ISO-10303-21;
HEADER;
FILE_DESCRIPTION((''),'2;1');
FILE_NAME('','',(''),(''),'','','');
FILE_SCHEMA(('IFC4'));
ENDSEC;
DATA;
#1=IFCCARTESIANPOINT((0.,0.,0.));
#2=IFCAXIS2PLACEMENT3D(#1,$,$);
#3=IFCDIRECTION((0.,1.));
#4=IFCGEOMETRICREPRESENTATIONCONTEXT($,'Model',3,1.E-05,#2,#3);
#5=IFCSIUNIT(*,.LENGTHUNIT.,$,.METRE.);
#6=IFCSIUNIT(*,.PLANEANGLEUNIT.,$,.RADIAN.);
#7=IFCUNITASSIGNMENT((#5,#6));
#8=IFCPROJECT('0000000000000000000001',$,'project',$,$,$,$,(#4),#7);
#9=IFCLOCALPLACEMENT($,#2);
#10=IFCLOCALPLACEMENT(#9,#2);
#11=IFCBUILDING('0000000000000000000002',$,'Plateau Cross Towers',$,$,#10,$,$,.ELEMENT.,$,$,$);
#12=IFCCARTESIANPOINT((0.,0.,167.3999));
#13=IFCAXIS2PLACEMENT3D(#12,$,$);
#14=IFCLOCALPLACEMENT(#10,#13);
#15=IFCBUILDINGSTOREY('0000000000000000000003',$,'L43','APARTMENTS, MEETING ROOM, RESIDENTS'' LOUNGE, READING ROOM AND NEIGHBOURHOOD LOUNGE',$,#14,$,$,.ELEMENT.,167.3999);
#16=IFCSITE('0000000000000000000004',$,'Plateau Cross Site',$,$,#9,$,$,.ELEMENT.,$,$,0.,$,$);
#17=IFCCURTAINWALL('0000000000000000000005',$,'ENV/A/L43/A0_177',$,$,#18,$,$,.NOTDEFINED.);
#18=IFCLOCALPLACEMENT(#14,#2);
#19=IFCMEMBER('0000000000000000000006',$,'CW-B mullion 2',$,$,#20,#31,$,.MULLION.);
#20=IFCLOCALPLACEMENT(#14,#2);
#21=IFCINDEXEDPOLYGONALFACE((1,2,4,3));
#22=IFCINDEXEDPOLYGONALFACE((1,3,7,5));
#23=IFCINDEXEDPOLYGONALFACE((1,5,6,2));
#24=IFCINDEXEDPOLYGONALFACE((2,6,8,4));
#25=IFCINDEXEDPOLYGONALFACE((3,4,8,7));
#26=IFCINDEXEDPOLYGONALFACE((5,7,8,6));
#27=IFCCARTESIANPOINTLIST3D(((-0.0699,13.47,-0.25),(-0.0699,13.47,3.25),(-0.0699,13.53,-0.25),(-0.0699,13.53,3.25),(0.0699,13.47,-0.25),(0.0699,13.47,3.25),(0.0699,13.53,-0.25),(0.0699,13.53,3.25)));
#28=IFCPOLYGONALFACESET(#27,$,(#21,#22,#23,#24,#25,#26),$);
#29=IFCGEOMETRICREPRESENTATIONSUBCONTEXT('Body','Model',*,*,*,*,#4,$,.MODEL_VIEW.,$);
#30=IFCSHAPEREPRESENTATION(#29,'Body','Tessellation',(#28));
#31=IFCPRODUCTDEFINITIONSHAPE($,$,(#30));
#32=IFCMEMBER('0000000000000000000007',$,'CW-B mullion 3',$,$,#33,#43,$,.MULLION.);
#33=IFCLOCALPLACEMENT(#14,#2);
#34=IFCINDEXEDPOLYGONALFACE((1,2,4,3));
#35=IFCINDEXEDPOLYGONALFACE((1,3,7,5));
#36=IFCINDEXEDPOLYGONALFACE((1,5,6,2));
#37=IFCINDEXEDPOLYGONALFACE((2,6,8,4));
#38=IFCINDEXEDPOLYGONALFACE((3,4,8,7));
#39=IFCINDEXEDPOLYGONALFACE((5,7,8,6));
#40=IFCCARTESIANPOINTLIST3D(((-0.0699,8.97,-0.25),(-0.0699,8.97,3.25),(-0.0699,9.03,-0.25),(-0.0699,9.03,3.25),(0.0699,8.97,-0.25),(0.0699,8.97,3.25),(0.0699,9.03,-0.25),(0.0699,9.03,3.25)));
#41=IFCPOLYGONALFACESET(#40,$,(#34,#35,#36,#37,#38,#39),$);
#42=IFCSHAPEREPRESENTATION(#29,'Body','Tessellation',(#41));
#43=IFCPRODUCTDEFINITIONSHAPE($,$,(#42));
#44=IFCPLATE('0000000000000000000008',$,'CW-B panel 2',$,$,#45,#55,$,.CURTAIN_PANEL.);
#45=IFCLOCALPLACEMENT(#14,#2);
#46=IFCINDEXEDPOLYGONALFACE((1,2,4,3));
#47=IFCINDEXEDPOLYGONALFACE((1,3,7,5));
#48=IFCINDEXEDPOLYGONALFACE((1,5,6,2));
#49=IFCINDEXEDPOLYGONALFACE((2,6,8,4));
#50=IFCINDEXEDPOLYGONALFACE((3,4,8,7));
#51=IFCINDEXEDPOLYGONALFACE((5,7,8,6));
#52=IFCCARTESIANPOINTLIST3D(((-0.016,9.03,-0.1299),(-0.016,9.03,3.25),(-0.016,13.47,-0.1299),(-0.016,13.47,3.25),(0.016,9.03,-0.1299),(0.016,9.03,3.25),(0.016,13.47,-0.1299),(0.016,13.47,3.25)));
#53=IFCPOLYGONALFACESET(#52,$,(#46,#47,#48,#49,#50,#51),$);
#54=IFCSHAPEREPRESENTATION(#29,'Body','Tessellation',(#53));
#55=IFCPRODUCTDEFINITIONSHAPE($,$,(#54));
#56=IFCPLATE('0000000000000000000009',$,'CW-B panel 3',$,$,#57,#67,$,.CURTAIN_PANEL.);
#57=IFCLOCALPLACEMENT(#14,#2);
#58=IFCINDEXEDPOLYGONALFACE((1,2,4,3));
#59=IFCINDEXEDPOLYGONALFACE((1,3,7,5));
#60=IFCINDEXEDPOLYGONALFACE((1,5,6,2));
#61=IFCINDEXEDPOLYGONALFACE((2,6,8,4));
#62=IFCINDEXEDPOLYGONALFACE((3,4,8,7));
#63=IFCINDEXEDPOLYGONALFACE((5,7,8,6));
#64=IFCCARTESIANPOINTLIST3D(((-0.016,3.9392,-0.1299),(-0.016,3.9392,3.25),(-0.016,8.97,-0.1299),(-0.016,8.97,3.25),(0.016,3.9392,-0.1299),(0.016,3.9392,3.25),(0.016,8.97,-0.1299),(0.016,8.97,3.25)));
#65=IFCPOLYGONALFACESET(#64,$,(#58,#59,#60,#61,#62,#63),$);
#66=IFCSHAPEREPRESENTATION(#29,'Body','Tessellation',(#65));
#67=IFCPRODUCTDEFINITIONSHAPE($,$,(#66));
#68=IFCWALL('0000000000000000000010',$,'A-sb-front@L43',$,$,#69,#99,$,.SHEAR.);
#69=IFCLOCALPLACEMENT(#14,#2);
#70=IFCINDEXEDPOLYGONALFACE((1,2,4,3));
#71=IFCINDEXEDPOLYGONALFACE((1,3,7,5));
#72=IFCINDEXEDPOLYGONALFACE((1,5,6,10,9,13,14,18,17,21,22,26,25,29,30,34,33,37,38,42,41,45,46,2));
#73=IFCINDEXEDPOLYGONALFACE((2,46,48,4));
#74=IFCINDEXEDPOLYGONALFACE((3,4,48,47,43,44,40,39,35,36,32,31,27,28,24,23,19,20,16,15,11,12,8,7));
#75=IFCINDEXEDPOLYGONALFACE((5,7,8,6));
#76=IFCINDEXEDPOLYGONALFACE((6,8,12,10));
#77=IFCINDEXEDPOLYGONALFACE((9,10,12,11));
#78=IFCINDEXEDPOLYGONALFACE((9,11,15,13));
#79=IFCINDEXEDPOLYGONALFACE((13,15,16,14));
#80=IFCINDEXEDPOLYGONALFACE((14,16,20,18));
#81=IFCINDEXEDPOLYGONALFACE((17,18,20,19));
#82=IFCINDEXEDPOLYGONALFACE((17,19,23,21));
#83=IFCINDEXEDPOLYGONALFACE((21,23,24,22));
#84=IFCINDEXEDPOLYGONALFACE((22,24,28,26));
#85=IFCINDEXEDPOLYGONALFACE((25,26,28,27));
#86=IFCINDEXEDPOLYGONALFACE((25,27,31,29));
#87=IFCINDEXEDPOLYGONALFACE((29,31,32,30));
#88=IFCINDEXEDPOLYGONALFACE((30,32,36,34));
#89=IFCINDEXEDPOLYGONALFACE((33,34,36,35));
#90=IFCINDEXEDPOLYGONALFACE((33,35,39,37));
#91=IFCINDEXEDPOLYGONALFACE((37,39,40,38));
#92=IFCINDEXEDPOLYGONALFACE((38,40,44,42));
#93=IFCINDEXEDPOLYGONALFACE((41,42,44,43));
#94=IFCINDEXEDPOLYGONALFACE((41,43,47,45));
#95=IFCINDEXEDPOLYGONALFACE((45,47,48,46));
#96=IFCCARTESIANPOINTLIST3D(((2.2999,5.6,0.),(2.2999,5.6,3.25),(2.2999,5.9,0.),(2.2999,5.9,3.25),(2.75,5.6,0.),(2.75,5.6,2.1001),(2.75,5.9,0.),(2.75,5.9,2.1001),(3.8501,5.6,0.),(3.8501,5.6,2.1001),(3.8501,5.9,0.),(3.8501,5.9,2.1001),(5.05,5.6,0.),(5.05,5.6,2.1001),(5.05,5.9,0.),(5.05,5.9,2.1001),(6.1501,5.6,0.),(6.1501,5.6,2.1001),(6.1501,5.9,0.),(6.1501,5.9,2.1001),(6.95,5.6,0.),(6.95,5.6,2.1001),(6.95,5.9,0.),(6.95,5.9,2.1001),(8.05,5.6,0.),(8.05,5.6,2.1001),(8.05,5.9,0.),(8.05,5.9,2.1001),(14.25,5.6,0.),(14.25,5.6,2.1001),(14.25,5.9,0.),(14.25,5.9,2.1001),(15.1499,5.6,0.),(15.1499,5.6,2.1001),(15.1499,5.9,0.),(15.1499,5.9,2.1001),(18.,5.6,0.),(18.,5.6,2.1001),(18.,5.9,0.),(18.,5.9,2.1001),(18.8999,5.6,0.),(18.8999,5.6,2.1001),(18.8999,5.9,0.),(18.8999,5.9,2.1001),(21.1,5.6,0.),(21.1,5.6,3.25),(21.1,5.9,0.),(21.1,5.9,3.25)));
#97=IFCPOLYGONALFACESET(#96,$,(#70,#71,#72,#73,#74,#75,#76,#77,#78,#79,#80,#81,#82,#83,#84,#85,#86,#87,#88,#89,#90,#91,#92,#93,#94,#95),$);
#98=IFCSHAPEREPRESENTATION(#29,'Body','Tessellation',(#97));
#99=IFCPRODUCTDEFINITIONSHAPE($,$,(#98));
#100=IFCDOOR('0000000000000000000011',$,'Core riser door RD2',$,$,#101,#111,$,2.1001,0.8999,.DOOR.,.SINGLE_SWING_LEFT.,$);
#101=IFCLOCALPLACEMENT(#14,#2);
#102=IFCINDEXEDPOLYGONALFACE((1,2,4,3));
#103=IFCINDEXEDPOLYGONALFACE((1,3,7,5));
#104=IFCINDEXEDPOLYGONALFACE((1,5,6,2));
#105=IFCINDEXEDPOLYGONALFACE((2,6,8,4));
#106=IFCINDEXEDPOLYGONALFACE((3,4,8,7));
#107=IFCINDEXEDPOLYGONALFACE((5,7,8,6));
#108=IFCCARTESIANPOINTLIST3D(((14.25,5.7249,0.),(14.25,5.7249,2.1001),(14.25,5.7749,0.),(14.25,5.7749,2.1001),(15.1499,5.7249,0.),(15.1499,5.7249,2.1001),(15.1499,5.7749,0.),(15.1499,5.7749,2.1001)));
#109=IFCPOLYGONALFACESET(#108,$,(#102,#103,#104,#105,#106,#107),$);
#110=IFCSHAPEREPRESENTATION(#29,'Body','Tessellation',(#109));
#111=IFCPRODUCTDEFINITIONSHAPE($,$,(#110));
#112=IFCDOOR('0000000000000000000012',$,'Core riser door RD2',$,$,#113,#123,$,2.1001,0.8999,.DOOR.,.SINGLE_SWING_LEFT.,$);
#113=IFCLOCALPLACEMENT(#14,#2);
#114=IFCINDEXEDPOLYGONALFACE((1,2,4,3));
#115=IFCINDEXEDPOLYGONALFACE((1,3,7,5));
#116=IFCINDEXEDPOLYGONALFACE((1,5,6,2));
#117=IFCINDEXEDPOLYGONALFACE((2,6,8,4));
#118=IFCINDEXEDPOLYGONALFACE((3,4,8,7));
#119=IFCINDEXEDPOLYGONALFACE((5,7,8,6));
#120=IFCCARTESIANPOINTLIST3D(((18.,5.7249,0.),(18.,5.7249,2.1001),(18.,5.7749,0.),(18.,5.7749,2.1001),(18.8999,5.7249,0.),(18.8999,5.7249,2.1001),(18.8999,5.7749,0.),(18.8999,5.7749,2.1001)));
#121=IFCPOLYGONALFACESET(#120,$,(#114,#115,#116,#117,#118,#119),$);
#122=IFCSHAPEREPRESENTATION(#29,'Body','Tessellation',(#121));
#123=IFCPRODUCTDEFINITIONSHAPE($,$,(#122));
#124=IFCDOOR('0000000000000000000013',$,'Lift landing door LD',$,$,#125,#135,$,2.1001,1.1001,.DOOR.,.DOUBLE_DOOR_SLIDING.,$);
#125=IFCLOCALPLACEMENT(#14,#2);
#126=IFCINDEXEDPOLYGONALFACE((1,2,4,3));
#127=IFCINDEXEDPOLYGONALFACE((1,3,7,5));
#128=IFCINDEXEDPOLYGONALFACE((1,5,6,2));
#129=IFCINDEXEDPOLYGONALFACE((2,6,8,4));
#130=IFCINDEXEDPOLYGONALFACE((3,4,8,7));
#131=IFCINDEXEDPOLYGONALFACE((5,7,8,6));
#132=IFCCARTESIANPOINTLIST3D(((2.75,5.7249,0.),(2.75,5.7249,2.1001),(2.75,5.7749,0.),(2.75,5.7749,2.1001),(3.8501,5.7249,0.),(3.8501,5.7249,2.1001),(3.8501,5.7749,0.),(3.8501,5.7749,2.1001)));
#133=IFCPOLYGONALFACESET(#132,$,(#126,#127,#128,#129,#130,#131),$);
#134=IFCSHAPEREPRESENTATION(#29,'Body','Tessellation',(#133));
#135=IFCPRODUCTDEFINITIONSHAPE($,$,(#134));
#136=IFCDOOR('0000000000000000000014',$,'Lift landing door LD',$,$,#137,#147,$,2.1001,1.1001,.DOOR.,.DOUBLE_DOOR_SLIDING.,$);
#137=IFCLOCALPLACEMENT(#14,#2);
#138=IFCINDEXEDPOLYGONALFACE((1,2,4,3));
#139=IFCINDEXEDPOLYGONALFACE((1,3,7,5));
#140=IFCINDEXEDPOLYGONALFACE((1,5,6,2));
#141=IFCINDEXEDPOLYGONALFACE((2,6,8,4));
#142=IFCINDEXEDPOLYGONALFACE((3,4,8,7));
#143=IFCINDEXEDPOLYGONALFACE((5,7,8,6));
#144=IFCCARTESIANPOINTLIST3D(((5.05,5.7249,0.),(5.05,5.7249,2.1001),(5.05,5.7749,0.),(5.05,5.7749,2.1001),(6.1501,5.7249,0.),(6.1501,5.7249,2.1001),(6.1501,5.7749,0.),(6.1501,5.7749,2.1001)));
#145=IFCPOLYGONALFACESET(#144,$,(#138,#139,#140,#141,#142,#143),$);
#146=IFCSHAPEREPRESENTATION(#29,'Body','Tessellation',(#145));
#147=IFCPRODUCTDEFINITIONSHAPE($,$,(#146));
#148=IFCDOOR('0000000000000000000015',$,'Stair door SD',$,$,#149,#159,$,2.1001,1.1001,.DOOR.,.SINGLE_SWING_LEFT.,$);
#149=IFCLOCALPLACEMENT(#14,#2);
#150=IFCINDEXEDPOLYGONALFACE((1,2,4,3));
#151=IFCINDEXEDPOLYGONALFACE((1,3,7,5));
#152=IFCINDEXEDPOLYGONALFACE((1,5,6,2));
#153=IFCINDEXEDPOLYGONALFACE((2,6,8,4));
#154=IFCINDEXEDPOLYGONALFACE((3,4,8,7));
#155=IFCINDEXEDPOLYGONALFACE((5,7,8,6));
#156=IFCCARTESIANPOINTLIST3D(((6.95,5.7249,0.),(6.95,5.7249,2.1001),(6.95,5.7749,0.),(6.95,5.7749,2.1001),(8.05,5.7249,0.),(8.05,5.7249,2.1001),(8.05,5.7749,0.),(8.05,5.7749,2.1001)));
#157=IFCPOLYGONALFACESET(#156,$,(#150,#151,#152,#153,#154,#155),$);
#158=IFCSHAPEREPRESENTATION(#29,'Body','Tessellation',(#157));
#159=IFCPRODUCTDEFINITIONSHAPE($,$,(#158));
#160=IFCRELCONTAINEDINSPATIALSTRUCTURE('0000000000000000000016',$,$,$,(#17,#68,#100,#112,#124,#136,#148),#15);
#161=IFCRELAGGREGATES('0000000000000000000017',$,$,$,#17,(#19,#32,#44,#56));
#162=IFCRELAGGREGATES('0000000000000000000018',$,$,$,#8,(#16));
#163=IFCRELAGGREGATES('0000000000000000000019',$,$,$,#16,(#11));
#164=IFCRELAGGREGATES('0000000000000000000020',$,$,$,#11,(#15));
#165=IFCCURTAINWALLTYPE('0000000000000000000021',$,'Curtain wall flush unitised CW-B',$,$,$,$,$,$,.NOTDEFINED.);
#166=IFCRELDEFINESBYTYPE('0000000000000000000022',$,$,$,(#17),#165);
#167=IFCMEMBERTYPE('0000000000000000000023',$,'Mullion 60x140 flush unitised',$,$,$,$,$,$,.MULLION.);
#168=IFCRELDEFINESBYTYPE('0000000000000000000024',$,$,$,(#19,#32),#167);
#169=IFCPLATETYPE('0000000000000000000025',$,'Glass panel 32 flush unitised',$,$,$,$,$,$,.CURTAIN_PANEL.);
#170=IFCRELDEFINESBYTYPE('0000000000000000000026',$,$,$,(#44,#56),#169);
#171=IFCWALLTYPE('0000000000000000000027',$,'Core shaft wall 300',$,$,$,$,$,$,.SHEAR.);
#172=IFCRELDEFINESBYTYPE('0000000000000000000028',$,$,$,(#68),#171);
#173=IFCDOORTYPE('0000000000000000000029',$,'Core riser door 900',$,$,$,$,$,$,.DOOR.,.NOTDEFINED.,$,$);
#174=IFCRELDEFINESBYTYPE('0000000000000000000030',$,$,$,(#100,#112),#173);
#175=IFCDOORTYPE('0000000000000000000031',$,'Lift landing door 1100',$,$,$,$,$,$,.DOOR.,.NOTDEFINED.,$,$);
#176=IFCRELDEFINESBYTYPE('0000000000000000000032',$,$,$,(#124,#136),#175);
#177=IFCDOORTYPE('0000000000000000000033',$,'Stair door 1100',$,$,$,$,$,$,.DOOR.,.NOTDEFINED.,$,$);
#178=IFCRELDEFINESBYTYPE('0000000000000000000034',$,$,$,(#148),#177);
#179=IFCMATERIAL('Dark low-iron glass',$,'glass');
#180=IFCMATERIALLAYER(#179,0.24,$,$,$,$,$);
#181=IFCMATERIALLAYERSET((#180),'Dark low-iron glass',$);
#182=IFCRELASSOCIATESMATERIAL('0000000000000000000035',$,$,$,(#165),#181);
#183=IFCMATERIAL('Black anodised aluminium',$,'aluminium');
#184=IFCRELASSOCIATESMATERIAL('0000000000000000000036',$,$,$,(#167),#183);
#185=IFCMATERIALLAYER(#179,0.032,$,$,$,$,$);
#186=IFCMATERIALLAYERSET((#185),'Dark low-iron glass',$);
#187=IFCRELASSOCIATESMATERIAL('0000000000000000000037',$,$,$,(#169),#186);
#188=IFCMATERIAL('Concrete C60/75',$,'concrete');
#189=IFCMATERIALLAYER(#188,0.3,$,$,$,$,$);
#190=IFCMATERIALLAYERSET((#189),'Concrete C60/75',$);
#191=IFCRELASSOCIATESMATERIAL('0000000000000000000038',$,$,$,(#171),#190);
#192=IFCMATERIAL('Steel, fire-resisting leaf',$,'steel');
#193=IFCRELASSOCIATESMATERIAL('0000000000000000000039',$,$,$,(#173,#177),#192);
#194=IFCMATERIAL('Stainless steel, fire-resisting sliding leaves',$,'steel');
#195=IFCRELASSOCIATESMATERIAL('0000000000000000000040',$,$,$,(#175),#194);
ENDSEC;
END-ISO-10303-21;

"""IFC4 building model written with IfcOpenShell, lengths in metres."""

from ifc_helpers import new_model, si_unit, direction, frame, frame_2d, origin, origin_2d, place, context, subcontext, project, spatial, rectangle, extrude, material, layer, layer_set, material_profile, profile_set, type_object, element, fill, aggregate, save


model = new_model("IFC4")

# Units and contexts
model_context = context("Model", 3, precision=1e-05, world=origin(), true_north=direction((0.0, 1.0)))
body_context = subcontext(model_context, "Body", "Model", "MODEL_VIEW")
ifc_project = project(units=[si_unit("LENGTHUNIT", "METRE"), si_unit("PLANEANGLEUNIT", "RADIAN")], contexts=[model_context])

# Site, building, storey
site_placement = place(None, origin())
site = spatial("IfcSite", under=ifc_project, at=site_placement, Name="Plateau Cross Site", CompositionType="ELEMENT", RefElevation=0.0)
building_placement = place(site_placement, origin())
building = spatial("IfcBuilding", under=site, at=building_placement, Name="Plateau Cross Towers", CompositionType="ELEMENT")
storey_placement = place(building_placement, frame((0.0, 0.0, 167.3999)))
storey = spatial("IfcBuildingStorey", under=building, at=storey_placement, Name="L43", Description="APARTMENTS, MEETING ROOM, RESIDENTS' LOUNGE, READING ROOM AND NEIGHBOURHOOD LOUNGE", CompositionType="ELEMENT", Elevation=167.3999)

# Curtain wall, members, plates
ifc_material_1 = material(Name="Dark low-iron glass", Category="glass")
ifc_layer_1 = layer(ifc_material_1, 0.24)
ifc_layer_set_1 = layer_set([ifc_layer_1], Name="Dark low-iron glass")
curtain_wall_type = type_object("IfcCurtainWallType", Name="Curtain wall flush unitised CW-B", PredefinedType="NOTDEFINED", material=ifc_layer_set_1)
curtain_wall_placement = place(storey_placement, origin())
curtain_wall = element("IfcCurtainWall", 1, at=curtain_wall_placement, inside=storey, type_object=curtain_wall_type, Name="ENV/A/L43/A0_177", PredefinedType="NOTDEFINED")
ifc_material_2 = material(Name="Black anodised aluminium", Category="aluminium")
ifc_material_profile = material_profile(ifc_material_2, rectangle(XDim=0.0601, YDim=0.1399, at=origin_2d()), Name="MULLION 60x140")
ifc_profile_set = profile_set([ifc_material_profile], Name="Black anodised aluminium")
member_type = type_object("IfcMemberType", Name="Mullion 60x140 flush unitised", PredefinedType="MULLION", material=ifc_profile_set)
member_1_placement = place(storey_placement, frame((0.0, 13.5, -0.25), z_axis=(0.0, 0.0, 1.0), x_axis=(0.0, -1.0, 0.0)))
member_1 = element("IfcMember", 2, at=member_1_placement, type_object=member_type, Name="CW-B mullion 2", PredefinedType="MULLION", context=body_context, shape_type="SweptSolid", body=[
    extrude(rectangle(XDim=0.0601, YDim=0.1399, at=origin_2d()), origin(), (0.0, 0.0, 1.0), 3.5),
])
member_2_placement = place(storey_placement, frame((0.0, 9.0, -0.25), z_axis=(0.0, 0.0, 1.0), x_axis=(0.0, -1.0, 0.0)))
member_2 = element("IfcMember", 3, at=member_2_placement, type_object=member_type, Name="CW-B mullion 3", PredefinedType="MULLION", context=body_context, shape_type="SweptSolid", body=[
    extrude(rectangle(XDim=0.0601, YDim=0.1399, at=origin_2d()), origin(), (0.0, 0.0, 1.0), 3.5),
])
ifc_layer_2 = layer(ifc_material_1, 0.032)
ifc_layer_set_2 = layer_set([ifc_layer_2], Name="Dark low-iron glass")
plate_type = type_object("IfcPlateType", Name="Glass panel 32 flush unitised", PredefinedType="CURTAIN_PANEL", material=ifc_layer_set_2)
plate_1_placement = place(storey_placement, frame((0.0, 11.25, -0.1299), z_axis=(0.0, 0.0, 1.0), x_axis=(0.0, -1.0, 0.0)))
plate_1 = element("IfcPlate", 4, at=plate_1_placement, type_object=plate_type, Name="CW-B panel 2", PredefinedType="CURTAIN_PANEL", context=body_context, shape_type="SweptSolid", body=[
    extrude(rectangle(XDim=4.4399, YDim=0.032, at=origin_2d()), origin(), (0.0, 0.0, 1.0), 3.3799),
])
plate_2_placement = place(storey_placement, frame((0.0, 6.4546, -0.1299), z_axis=(0.0, 0.0, 1.0), x_axis=(0.0, -1.0, 0.0)))
plate_2 = element("IfcPlate", 5, at=plate_2_placement, type_object=plate_type, Name="CW-B panel 3", PredefinedType="CURTAIN_PANEL", context=body_context, shape_type="SweptSolid", body=[
    extrude(rectangle(XDim=5.0308, YDim=0.032, at=origin_2d()), origin(), (0.0, 0.0, 1.0), 3.3799),
])
aggregate(curtain_wall, [member_1, member_2, plate_1, plate_2])

# Wall, openings, doors
ifc_material_3 = material(Name="Concrete C60/75", Category="concrete")
ifc_layer_3 = layer(ifc_material_3, 0.3)
ifc_layer_set_3 = layer_set([ifc_layer_3], Name="Concrete C60/75")
wall_type = type_object("IfcWallType", Name="Core shaft wall 300", PredefinedType="SHEAR", material=ifc_layer_set_3)
wall_1_placement = place(storey_placement, frame((2.3, 5.75, 0.0), z_axis=(0.0, 0.0, 1.0), x_axis=(1.0, 0.0, 0.0)))
wall_1 = element("IfcWall", 6, at=wall_1_placement, inside=storey, type_object=wall_type, Name="A-sb-front@L43", PredefinedType="SHEAR", context=body_context, shape_type="SweptSolid", body=[
    extrude(rectangle(XDim=18.8, YDim=0.3, at=frame_2d((9.3999, 0.0))), origin(), (0.0, 0.0, 1.0), 3.25),
])
opening_1_placement = place(wall_1_placement, frame((4.6499, 0.0, 0.0)))
opening_1 = element("IfcOpeningElement", 7, at=opening_1_placement, cuts=wall_1, PredefinedType="OPENING", context=body_context, shape_type="SweptSolid", body=[
    extrude(rectangle(XDim=1.1001, YDim=2.1001, at=frame_2d((0.55, 1.05))), frame((0.0, 0.1599, 0.0), z_axis=(0.0, -1.0, 0.0), x_axis=(1.0, 0.0, 0.0)), (0.0, 0.0, 1.0), 0.3201),
])
opening_2_placement = place(wall_1_placement, frame((0.45, 0.0, 0.0)))
opening_2 = element("IfcOpeningElement", 8, at=opening_2_placement, cuts=wall_1, PredefinedType="OPENING", context=body_context, shape_type="SweptSolid", body=[
    extrude(rectangle(XDim=1.1001, YDim=2.1001, at=frame_2d((0.55, 1.05))), frame((0.0, 0.1599, 0.0), z_axis=(0.0, -1.0, 0.0), x_axis=(1.0, 0.0, 0.0)), (0.0, 0.0, 1.0), 0.3201),
])
opening_3_placement = place(wall_1_placement, frame((2.75, 0.0, 0.0)))
opening_3 = element("IfcOpeningElement", 9, at=opening_3_placement, cuts=wall_1, PredefinedType="OPENING", context=body_context, shape_type="SweptSolid", body=[
    extrude(rectangle(XDim=1.1001, YDim=2.1001, at=frame_2d((0.55, 1.05))), frame((0.0, 0.1599, 0.0), z_axis=(0.0, -1.0, 0.0), x_axis=(1.0, 0.0, 0.0)), (0.0, 0.0, 1.0), 0.3201),
])
opening_4_placement = place(wall_1_placement, frame((11.95, 0.0, 0.0)))
opening_4 = element("IfcOpeningElement", 10, at=opening_4_placement, cuts=wall_1, PredefinedType="OPENING", context=body_context, shape_type="SweptSolid", body=[
    extrude(rectangle(XDim=0.8999, YDim=2.1001, at=frame_2d((0.45, 1.05))), frame((0.0, 0.1599, 0.0), z_axis=(0.0, -1.0, 0.0), x_axis=(1.0, 0.0, 0.0)), (0.0, 0.0, 1.0), 0.3201),
])
opening_5_placement = place(wall_1_placement, frame((15.7, 0.0, 0.0)))
opening_5 = element("IfcOpeningElement", 11, at=opening_5_placement, cuts=wall_1, PredefinedType="OPENING", context=body_context, shape_type="SweptSolid", body=[
    extrude(rectangle(XDim=0.8999, YDim=2.1001, at=frame_2d((0.45, 1.05))), frame((0.0, 0.1599, 0.0), z_axis=(0.0, -1.0, 0.0), x_axis=(1.0, 0.0, 0.0)), (0.0, 0.0, 1.0), 0.3201),
])
ifc_material_4 = material(Name="Steel, fire-resisting leaf", Category="steel")
door_type_1 = type_object("IfcDoorType", Name="Core riser door 900", OperationType="NOTDEFINED", PredefinedType="DOOR", material=ifc_material_4)
door_1_placement = place(opening_4_placement, origin())
door_1 = element("IfcDoor", 12, at=door_1_placement, inside=storey, type_object=door_type_1, Name="Core riser door RD2", OperationType="SINGLE_SWING_LEFT", OverallHeight=2.1001, OverallWidth=0.8999, PredefinedType="DOOR", context=body_context, shape_type="SweptSolid", body=[
    extrude(rectangle(XDim=0.8999, YDim=2.1001, at=frame_2d((0.45, 1.05))), frame((0.0, 0.0249, 0.0), z_axis=(0.0, -1.0, 0.0), x_axis=(1.0, 0.0, 0.0)), (0.0, 0.0, 1.0), 0.05),
])
fill(opening_4, door_1)
door_2_placement = place(opening_5_placement, origin())
door_2 = element("IfcDoor", 13, at=door_2_placement, inside=storey, type_object=door_type_1, Name="Core riser door RD2", OperationType="SINGLE_SWING_LEFT", OverallHeight=2.1001, OverallWidth=0.8999, PredefinedType="DOOR", context=body_context, shape_type="SweptSolid", body=[
    extrude(rectangle(XDim=0.8999, YDim=2.1001, at=frame_2d((0.45, 1.05))), frame((0.0, 0.0249, 0.0), z_axis=(0.0, -1.0, 0.0), x_axis=(1.0, 0.0, 0.0)), (0.0, 0.0, 1.0), 0.05),
])
fill(opening_5, door_2)
ifc_material_5 = material(Name="Stainless steel, fire-resisting sliding leaves", Category="steel")
door_type_2 = type_object("IfcDoorType", Name="Lift landing door 1100", OperationType="NOTDEFINED", PredefinedType="DOOR", material=ifc_material_5)
door_3_placement = place(opening_2_placement, origin())
door_3 = element("IfcDoor", 14, at=door_3_placement, inside=storey, type_object=door_type_2, Name="Lift landing door LD", OperationType="DOUBLE_DOOR_SLIDING", OverallHeight=2.1001, OverallWidth=1.1001, PredefinedType="DOOR", context=body_context, shape_type="SweptSolid", body=[
    extrude(rectangle(XDim=1.1001, YDim=2.1001, at=frame_2d((0.55, 1.05))), frame((0.0, 0.0249, 0.0), z_axis=(0.0, -1.0, 0.0), x_axis=(1.0, 0.0, 0.0)), (0.0, 0.0, 1.0), 0.05),
])
fill(opening_2, door_3)
door_4_placement = place(opening_3_placement, origin())
door_4 = element("IfcDoor", 15, at=door_4_placement, inside=storey, type_object=door_type_2, Name="Lift landing door LD", OperationType="DOUBLE_DOOR_SLIDING", OverallHeight=2.1001, OverallWidth=1.1001, PredefinedType="DOOR", context=body_context, shape_type="SweptSolid", body=[
    extrude(rectangle(XDim=1.1001, YDim=2.1001, at=frame_2d((0.55, 1.05))), frame((0.0, 0.0249, 0.0), z_axis=(0.0, -1.0, 0.0), x_axis=(1.0, 0.0, 0.0)), (0.0, 0.0, 1.0), 0.05),
])
fill(opening_3, door_4)
door_type_3 = type_object("IfcDoorType", Name="Stair door 1100", OperationType="NOTDEFINED", PredefinedType="DOOR", material=ifc_material_4)
door_5_placement = place(opening_1_placement, origin())
door_5 = element("IfcDoor", 16, at=door_5_placement, inside=storey, type_object=door_type_3, Name="Stair door SD", OperationType="SINGLE_SWING_LEFT", OverallHeight=2.1001, OverallWidth=1.1001, PredefinedType="DOOR", context=body_context, shape_type="SweptSolid", body=[
    extrude(rectangle(XDim=1.1001, YDim=2.1001, at=frame_2d((0.55, 1.05))), frame((0.0, 0.0249, 0.0), z_axis=(0.0, -1.0, 0.0), x_axis=(1.0, 0.0, 0.0)), (0.0, 0.0, 1.0), 0.05),
])
fill(opening_1, door_5)

save(model, "model.ifc")
